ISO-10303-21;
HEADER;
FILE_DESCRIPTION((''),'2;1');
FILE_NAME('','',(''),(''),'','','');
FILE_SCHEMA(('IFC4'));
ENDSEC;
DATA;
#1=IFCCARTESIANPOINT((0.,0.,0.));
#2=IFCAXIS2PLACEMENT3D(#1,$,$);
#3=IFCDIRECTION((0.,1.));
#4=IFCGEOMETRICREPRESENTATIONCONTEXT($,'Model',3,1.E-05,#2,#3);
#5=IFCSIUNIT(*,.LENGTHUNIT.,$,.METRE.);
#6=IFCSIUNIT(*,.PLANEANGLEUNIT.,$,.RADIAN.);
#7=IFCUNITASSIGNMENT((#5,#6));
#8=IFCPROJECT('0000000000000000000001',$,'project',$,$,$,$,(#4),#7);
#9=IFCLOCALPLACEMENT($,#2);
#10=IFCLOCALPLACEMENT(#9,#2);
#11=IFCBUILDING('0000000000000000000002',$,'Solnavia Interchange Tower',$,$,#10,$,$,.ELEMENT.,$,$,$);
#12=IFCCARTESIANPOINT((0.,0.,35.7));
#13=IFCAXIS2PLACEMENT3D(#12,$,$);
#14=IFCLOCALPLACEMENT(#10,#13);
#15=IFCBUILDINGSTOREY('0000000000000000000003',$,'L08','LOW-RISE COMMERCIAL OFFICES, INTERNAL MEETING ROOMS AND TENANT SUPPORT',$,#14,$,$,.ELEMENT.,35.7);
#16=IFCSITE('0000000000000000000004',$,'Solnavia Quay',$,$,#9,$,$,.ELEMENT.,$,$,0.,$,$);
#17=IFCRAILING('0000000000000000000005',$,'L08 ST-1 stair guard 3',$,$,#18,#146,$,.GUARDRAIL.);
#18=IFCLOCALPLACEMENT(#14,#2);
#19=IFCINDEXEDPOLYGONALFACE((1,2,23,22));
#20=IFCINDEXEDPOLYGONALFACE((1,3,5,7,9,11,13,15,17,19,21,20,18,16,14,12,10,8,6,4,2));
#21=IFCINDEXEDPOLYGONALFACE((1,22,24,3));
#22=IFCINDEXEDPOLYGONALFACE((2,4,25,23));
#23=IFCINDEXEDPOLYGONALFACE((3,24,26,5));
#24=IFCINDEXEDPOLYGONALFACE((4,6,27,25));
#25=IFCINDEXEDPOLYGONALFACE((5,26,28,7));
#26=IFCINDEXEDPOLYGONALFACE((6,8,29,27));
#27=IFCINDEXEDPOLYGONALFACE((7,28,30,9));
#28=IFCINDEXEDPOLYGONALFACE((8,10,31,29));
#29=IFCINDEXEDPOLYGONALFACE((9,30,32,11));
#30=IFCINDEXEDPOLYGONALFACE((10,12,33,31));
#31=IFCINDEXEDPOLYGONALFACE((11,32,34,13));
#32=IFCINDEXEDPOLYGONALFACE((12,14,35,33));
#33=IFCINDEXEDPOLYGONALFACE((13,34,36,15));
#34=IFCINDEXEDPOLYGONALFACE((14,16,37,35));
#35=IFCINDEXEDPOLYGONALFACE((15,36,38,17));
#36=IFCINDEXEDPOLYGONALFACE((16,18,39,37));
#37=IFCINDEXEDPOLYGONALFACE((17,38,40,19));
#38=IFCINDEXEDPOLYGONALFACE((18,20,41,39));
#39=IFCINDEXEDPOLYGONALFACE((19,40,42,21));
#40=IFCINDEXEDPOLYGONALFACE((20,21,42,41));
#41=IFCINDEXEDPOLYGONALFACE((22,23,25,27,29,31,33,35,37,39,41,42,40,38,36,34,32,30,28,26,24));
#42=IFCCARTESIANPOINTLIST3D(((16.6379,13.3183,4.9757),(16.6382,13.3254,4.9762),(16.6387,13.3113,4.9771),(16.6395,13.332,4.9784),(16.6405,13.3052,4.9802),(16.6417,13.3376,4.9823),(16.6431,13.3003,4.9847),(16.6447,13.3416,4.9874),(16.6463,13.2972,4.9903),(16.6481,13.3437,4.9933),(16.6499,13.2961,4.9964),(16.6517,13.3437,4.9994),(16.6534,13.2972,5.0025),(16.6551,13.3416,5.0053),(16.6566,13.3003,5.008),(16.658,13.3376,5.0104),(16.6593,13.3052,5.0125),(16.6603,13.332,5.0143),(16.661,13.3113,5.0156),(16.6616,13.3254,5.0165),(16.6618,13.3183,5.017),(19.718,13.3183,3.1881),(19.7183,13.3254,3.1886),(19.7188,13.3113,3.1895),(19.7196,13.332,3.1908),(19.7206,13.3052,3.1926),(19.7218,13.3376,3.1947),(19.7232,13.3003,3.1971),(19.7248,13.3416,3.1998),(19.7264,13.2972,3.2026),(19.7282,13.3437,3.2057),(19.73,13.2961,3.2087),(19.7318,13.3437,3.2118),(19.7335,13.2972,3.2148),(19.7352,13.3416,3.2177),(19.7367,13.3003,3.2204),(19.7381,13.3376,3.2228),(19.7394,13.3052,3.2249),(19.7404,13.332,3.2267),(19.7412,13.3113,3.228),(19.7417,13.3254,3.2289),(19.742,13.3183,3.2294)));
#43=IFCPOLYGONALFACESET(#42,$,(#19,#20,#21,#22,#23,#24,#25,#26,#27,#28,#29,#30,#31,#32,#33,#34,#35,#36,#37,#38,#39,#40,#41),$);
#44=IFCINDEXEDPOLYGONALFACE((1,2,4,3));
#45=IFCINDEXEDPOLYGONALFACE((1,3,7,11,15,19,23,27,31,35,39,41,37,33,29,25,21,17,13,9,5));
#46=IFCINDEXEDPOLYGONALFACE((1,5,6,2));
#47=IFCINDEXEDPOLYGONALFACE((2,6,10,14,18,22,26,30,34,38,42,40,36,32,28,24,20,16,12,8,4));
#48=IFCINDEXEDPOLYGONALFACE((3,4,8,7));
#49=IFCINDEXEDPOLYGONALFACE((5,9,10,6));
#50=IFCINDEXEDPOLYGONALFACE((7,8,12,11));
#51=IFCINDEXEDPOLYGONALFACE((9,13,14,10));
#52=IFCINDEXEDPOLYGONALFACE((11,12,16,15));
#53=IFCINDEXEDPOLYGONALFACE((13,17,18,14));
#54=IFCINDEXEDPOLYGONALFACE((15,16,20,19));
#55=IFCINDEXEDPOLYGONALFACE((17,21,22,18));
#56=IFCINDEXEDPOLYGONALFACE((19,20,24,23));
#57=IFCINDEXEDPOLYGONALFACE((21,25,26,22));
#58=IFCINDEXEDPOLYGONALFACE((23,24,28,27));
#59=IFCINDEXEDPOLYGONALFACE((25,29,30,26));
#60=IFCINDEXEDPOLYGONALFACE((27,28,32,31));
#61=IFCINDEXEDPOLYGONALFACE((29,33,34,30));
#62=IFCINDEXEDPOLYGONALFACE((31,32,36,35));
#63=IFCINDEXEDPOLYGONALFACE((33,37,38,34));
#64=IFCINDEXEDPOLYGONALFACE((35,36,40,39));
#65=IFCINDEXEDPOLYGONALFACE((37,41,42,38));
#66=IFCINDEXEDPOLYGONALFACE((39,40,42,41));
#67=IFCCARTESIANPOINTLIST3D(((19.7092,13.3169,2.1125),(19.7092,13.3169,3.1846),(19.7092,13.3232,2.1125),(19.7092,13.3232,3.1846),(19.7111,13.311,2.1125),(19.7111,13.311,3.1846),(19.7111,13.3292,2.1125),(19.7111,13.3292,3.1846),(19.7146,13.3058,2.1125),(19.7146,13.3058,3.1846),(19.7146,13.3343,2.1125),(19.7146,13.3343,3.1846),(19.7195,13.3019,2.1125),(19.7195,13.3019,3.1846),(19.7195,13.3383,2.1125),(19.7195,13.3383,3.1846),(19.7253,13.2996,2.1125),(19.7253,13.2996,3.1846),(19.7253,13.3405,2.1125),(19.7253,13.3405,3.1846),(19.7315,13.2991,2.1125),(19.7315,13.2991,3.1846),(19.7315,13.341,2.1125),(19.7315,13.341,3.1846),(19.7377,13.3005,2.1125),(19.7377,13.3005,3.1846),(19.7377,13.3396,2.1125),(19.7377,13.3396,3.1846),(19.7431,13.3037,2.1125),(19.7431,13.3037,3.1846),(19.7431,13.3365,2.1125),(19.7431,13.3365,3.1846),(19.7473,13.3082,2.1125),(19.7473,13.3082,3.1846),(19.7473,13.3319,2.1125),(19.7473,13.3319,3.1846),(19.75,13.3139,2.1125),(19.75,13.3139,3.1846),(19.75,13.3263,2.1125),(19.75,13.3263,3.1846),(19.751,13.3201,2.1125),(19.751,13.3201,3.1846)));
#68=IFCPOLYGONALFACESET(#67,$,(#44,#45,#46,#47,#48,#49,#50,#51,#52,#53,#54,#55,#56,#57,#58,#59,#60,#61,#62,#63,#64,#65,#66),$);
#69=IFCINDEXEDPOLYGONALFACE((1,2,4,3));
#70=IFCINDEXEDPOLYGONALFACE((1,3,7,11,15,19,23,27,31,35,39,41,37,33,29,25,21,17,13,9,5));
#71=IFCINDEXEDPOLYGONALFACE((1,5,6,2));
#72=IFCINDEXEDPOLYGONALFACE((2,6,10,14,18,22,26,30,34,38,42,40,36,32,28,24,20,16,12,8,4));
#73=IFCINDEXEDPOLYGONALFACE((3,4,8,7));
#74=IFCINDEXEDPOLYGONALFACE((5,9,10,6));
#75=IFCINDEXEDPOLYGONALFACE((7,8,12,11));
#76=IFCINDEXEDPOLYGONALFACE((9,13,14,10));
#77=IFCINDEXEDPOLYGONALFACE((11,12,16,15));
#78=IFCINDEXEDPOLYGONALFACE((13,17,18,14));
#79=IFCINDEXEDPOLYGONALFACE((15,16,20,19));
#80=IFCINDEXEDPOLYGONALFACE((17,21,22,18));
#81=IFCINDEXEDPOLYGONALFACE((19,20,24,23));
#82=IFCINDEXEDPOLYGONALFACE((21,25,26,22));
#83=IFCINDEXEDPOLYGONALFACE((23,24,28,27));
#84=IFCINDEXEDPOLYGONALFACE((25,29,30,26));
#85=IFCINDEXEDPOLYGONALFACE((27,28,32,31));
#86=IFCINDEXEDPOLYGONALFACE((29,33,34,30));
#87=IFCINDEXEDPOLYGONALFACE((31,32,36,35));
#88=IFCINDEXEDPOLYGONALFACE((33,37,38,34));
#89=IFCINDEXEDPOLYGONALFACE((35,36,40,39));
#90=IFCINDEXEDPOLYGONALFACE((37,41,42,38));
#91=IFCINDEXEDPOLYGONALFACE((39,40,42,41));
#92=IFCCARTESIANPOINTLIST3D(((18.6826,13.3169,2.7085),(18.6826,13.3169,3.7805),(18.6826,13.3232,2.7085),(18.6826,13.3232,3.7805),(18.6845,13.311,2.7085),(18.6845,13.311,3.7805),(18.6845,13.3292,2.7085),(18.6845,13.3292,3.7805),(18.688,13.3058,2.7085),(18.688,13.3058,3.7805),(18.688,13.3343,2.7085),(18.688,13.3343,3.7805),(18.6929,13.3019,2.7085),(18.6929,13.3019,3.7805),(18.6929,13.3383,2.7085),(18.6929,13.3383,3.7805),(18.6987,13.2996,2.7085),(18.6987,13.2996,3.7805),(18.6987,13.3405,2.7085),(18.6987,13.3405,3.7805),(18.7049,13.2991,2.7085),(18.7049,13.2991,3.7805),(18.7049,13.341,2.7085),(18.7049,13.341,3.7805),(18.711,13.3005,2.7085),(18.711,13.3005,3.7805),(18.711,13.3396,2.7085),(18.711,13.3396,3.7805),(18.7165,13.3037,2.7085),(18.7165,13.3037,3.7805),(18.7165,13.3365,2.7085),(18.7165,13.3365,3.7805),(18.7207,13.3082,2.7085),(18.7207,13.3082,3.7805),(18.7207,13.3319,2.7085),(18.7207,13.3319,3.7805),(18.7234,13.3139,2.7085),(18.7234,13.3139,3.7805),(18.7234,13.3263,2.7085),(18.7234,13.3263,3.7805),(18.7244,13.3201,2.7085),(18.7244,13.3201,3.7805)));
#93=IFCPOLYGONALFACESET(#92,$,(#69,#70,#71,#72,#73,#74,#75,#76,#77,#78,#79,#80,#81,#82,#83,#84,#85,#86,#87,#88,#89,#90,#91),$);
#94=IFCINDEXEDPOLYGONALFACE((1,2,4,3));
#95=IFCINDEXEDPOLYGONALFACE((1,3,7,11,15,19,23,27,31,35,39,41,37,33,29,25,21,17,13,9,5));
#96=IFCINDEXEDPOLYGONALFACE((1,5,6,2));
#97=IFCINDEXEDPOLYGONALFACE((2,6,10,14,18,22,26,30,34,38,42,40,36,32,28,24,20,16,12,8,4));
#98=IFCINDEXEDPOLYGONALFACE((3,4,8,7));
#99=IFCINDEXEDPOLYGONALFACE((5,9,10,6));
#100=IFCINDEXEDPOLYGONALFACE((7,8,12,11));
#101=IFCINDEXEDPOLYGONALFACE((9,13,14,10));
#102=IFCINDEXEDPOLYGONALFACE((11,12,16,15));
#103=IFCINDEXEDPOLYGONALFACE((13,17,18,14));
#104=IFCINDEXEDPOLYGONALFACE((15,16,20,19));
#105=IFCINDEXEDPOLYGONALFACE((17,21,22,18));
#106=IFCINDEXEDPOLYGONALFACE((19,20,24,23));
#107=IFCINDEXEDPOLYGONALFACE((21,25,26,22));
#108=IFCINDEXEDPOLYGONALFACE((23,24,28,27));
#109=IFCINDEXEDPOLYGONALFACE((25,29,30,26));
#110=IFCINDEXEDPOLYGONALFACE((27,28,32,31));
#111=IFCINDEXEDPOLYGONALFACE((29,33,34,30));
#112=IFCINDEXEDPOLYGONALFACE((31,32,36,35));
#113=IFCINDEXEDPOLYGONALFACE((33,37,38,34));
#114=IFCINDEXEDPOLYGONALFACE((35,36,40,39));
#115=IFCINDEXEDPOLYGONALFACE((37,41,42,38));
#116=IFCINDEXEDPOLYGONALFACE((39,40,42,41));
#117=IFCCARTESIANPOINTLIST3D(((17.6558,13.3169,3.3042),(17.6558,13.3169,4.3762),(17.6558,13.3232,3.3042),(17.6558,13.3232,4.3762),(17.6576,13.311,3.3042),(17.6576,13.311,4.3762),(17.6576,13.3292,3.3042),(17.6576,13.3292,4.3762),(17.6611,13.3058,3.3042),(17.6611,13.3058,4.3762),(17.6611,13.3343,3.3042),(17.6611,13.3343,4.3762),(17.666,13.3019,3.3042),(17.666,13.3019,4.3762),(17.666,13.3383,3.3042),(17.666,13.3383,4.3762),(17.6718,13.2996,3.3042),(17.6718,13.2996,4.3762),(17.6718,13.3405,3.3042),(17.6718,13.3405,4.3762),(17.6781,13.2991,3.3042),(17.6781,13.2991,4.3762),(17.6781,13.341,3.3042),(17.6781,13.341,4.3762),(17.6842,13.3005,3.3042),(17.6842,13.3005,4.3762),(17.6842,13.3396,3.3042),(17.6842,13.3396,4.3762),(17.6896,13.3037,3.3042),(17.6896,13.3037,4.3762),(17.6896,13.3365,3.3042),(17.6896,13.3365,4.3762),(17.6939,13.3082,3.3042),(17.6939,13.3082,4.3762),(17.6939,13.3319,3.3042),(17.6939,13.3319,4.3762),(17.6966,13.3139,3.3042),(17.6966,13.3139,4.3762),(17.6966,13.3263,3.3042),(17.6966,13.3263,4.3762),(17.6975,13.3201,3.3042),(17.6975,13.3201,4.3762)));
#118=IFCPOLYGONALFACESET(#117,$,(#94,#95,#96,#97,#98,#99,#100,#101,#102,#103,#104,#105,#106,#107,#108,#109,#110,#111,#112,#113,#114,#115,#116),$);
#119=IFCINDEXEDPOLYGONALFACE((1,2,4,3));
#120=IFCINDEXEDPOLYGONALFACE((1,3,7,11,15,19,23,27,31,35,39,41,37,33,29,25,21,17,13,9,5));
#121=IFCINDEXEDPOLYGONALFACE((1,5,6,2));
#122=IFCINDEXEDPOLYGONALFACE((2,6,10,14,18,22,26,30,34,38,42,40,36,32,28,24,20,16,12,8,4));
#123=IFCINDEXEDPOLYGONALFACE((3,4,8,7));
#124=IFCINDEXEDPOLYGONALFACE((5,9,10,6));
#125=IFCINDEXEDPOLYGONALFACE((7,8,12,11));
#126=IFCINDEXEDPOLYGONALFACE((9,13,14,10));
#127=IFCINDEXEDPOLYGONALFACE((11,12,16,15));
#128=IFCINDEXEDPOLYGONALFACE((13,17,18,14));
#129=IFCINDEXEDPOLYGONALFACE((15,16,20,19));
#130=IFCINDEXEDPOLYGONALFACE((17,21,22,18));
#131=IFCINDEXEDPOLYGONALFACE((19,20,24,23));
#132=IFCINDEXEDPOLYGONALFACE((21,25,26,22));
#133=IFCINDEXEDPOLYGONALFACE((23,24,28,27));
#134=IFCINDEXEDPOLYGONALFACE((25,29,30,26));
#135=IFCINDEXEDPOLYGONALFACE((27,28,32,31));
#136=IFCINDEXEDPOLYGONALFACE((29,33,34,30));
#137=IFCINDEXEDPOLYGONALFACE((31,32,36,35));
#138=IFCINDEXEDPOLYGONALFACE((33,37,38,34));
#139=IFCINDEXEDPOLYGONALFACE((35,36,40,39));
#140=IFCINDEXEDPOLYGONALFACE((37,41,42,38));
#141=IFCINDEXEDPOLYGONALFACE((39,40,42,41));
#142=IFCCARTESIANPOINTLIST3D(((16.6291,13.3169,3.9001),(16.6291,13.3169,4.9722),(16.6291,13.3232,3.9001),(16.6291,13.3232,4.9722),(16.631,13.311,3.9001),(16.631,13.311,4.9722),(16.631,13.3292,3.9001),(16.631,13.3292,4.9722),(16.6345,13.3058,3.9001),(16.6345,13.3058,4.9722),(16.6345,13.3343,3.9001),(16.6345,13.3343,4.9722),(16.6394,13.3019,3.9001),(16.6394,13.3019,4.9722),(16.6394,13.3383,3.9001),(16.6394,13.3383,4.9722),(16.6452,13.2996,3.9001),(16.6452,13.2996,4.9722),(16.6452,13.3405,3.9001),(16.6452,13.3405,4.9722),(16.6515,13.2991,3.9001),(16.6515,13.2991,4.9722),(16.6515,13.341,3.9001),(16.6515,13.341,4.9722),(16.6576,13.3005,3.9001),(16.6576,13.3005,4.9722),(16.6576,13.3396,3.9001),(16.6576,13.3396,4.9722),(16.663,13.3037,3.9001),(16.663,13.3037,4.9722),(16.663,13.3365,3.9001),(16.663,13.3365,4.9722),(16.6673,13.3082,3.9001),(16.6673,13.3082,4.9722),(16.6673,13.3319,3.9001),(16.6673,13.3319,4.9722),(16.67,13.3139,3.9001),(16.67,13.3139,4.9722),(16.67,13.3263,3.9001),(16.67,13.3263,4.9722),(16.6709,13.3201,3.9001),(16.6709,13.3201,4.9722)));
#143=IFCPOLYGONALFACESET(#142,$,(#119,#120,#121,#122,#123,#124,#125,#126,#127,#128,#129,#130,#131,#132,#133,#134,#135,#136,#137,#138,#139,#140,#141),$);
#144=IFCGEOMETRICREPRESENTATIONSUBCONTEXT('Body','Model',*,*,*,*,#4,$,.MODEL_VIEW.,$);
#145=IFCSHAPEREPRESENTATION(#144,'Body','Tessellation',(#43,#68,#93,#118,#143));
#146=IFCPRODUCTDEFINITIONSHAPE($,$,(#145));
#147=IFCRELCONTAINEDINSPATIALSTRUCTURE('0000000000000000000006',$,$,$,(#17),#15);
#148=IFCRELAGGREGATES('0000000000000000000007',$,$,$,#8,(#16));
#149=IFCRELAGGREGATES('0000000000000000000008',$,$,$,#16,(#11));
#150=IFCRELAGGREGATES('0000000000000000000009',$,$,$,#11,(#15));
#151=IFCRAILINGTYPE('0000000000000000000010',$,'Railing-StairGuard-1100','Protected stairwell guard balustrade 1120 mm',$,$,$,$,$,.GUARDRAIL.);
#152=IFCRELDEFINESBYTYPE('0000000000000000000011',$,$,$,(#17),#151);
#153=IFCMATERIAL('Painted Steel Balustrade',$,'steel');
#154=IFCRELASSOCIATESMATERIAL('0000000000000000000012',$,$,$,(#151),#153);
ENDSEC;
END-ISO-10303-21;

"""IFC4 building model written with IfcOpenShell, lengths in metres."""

from ifc_helpers import new_model, si_unit, direction, frame, origin, origin_2d, place, context, subcontext, project, spatial, circle, extrude, material, type_object, element, save


model = new_model("IFC4")

# Units and contexts
model_context = context("Model", 3, precision=1e-05, world=origin(), true_north=direction((0.0, 1.0)))
body_context = subcontext(model_context, "Body", "Model", "MODEL_VIEW")
ifc_project = project(units=[si_unit("LENGTHUNIT", "METRE"), si_unit("PLANEANGLEUNIT", "RADIAN")], contexts=[model_context])

# Site, building, storey
site_placement = place(None, origin())
site = spatial("IfcSite", under=ifc_project, at=site_placement, Name="Solnavia Quay", CompositionType="ELEMENT", RefElevation=0.0)
building_placement = place(site_placement, origin())
building = spatial("IfcBuilding", under=site, at=building_placement, Name="Solnavia Interchange Tower", CompositionType="ELEMENT")
storey_placement = place(building_placement, frame((0.0, 0.0, 35.7)))
storey = spatial("IfcBuildingStorey", under=building, at=storey_placement, Name="L08", Description="LOW-RISE COMMERCIAL OFFICES, INTERNAL MEETING ROOMS AND TENANT SUPPORT", CompositionType="ELEMENT", Elevation=35.7)

# Railing
ifc_material_1 = material(Name="Painted Steel Balustrade", Category="steel")
railing_type_1 = type_object("IfcRailingType", Name="Railing-StairGuard-1100", Description="Protected stairwell guard balustrade 1120 mm", PredefinedType="GUARDRAIL", material=ifc_material_1)
railing_1_placement = place(storey_placement, frame((19.73, 13.3201, 2.1125)))
element("IfcRailing", 1, at=railing_1_placement, inside=storey, type_object=railing_type_1, Name="L08 ST-1 stair guard 3", PredefinedType="GUARDRAIL", context=body_context, shape_type="SweptSolid", body=[
    extrude(circle(Radius=0.0239, at=origin_2d()), frame((0.0, 0.0, 1.0962), z_axis=(-0.864891, 0.0, 0.50196), x_axis=(0.0, -1.0, 0.0)), (0.0, 0.0, 1.0), 3.5613),
    extrude(circle(Radius=0.021, at=origin_2d()), origin(), (0.0, 0.0, 1.0), 1.072),
    extrude(circle(Radius=0.021, at=origin_2d()), frame((-1.0266, 0.0, 0.5959)), (0.0, 0.0, 1.0), 1.072),
    extrude(circle(Radius=0.021, at=origin_2d()), frame((-2.0535, 0.0, 1.1917)), (0.0, 0.0, 1.0), 1.072),
    extrude(circle(Radius=0.021, at=origin_2d()), frame((-3.0801, 0.0, 1.7876)), (0.0, 0.0, 1.0), 1.072),
])

save(model, "model.ifc")
